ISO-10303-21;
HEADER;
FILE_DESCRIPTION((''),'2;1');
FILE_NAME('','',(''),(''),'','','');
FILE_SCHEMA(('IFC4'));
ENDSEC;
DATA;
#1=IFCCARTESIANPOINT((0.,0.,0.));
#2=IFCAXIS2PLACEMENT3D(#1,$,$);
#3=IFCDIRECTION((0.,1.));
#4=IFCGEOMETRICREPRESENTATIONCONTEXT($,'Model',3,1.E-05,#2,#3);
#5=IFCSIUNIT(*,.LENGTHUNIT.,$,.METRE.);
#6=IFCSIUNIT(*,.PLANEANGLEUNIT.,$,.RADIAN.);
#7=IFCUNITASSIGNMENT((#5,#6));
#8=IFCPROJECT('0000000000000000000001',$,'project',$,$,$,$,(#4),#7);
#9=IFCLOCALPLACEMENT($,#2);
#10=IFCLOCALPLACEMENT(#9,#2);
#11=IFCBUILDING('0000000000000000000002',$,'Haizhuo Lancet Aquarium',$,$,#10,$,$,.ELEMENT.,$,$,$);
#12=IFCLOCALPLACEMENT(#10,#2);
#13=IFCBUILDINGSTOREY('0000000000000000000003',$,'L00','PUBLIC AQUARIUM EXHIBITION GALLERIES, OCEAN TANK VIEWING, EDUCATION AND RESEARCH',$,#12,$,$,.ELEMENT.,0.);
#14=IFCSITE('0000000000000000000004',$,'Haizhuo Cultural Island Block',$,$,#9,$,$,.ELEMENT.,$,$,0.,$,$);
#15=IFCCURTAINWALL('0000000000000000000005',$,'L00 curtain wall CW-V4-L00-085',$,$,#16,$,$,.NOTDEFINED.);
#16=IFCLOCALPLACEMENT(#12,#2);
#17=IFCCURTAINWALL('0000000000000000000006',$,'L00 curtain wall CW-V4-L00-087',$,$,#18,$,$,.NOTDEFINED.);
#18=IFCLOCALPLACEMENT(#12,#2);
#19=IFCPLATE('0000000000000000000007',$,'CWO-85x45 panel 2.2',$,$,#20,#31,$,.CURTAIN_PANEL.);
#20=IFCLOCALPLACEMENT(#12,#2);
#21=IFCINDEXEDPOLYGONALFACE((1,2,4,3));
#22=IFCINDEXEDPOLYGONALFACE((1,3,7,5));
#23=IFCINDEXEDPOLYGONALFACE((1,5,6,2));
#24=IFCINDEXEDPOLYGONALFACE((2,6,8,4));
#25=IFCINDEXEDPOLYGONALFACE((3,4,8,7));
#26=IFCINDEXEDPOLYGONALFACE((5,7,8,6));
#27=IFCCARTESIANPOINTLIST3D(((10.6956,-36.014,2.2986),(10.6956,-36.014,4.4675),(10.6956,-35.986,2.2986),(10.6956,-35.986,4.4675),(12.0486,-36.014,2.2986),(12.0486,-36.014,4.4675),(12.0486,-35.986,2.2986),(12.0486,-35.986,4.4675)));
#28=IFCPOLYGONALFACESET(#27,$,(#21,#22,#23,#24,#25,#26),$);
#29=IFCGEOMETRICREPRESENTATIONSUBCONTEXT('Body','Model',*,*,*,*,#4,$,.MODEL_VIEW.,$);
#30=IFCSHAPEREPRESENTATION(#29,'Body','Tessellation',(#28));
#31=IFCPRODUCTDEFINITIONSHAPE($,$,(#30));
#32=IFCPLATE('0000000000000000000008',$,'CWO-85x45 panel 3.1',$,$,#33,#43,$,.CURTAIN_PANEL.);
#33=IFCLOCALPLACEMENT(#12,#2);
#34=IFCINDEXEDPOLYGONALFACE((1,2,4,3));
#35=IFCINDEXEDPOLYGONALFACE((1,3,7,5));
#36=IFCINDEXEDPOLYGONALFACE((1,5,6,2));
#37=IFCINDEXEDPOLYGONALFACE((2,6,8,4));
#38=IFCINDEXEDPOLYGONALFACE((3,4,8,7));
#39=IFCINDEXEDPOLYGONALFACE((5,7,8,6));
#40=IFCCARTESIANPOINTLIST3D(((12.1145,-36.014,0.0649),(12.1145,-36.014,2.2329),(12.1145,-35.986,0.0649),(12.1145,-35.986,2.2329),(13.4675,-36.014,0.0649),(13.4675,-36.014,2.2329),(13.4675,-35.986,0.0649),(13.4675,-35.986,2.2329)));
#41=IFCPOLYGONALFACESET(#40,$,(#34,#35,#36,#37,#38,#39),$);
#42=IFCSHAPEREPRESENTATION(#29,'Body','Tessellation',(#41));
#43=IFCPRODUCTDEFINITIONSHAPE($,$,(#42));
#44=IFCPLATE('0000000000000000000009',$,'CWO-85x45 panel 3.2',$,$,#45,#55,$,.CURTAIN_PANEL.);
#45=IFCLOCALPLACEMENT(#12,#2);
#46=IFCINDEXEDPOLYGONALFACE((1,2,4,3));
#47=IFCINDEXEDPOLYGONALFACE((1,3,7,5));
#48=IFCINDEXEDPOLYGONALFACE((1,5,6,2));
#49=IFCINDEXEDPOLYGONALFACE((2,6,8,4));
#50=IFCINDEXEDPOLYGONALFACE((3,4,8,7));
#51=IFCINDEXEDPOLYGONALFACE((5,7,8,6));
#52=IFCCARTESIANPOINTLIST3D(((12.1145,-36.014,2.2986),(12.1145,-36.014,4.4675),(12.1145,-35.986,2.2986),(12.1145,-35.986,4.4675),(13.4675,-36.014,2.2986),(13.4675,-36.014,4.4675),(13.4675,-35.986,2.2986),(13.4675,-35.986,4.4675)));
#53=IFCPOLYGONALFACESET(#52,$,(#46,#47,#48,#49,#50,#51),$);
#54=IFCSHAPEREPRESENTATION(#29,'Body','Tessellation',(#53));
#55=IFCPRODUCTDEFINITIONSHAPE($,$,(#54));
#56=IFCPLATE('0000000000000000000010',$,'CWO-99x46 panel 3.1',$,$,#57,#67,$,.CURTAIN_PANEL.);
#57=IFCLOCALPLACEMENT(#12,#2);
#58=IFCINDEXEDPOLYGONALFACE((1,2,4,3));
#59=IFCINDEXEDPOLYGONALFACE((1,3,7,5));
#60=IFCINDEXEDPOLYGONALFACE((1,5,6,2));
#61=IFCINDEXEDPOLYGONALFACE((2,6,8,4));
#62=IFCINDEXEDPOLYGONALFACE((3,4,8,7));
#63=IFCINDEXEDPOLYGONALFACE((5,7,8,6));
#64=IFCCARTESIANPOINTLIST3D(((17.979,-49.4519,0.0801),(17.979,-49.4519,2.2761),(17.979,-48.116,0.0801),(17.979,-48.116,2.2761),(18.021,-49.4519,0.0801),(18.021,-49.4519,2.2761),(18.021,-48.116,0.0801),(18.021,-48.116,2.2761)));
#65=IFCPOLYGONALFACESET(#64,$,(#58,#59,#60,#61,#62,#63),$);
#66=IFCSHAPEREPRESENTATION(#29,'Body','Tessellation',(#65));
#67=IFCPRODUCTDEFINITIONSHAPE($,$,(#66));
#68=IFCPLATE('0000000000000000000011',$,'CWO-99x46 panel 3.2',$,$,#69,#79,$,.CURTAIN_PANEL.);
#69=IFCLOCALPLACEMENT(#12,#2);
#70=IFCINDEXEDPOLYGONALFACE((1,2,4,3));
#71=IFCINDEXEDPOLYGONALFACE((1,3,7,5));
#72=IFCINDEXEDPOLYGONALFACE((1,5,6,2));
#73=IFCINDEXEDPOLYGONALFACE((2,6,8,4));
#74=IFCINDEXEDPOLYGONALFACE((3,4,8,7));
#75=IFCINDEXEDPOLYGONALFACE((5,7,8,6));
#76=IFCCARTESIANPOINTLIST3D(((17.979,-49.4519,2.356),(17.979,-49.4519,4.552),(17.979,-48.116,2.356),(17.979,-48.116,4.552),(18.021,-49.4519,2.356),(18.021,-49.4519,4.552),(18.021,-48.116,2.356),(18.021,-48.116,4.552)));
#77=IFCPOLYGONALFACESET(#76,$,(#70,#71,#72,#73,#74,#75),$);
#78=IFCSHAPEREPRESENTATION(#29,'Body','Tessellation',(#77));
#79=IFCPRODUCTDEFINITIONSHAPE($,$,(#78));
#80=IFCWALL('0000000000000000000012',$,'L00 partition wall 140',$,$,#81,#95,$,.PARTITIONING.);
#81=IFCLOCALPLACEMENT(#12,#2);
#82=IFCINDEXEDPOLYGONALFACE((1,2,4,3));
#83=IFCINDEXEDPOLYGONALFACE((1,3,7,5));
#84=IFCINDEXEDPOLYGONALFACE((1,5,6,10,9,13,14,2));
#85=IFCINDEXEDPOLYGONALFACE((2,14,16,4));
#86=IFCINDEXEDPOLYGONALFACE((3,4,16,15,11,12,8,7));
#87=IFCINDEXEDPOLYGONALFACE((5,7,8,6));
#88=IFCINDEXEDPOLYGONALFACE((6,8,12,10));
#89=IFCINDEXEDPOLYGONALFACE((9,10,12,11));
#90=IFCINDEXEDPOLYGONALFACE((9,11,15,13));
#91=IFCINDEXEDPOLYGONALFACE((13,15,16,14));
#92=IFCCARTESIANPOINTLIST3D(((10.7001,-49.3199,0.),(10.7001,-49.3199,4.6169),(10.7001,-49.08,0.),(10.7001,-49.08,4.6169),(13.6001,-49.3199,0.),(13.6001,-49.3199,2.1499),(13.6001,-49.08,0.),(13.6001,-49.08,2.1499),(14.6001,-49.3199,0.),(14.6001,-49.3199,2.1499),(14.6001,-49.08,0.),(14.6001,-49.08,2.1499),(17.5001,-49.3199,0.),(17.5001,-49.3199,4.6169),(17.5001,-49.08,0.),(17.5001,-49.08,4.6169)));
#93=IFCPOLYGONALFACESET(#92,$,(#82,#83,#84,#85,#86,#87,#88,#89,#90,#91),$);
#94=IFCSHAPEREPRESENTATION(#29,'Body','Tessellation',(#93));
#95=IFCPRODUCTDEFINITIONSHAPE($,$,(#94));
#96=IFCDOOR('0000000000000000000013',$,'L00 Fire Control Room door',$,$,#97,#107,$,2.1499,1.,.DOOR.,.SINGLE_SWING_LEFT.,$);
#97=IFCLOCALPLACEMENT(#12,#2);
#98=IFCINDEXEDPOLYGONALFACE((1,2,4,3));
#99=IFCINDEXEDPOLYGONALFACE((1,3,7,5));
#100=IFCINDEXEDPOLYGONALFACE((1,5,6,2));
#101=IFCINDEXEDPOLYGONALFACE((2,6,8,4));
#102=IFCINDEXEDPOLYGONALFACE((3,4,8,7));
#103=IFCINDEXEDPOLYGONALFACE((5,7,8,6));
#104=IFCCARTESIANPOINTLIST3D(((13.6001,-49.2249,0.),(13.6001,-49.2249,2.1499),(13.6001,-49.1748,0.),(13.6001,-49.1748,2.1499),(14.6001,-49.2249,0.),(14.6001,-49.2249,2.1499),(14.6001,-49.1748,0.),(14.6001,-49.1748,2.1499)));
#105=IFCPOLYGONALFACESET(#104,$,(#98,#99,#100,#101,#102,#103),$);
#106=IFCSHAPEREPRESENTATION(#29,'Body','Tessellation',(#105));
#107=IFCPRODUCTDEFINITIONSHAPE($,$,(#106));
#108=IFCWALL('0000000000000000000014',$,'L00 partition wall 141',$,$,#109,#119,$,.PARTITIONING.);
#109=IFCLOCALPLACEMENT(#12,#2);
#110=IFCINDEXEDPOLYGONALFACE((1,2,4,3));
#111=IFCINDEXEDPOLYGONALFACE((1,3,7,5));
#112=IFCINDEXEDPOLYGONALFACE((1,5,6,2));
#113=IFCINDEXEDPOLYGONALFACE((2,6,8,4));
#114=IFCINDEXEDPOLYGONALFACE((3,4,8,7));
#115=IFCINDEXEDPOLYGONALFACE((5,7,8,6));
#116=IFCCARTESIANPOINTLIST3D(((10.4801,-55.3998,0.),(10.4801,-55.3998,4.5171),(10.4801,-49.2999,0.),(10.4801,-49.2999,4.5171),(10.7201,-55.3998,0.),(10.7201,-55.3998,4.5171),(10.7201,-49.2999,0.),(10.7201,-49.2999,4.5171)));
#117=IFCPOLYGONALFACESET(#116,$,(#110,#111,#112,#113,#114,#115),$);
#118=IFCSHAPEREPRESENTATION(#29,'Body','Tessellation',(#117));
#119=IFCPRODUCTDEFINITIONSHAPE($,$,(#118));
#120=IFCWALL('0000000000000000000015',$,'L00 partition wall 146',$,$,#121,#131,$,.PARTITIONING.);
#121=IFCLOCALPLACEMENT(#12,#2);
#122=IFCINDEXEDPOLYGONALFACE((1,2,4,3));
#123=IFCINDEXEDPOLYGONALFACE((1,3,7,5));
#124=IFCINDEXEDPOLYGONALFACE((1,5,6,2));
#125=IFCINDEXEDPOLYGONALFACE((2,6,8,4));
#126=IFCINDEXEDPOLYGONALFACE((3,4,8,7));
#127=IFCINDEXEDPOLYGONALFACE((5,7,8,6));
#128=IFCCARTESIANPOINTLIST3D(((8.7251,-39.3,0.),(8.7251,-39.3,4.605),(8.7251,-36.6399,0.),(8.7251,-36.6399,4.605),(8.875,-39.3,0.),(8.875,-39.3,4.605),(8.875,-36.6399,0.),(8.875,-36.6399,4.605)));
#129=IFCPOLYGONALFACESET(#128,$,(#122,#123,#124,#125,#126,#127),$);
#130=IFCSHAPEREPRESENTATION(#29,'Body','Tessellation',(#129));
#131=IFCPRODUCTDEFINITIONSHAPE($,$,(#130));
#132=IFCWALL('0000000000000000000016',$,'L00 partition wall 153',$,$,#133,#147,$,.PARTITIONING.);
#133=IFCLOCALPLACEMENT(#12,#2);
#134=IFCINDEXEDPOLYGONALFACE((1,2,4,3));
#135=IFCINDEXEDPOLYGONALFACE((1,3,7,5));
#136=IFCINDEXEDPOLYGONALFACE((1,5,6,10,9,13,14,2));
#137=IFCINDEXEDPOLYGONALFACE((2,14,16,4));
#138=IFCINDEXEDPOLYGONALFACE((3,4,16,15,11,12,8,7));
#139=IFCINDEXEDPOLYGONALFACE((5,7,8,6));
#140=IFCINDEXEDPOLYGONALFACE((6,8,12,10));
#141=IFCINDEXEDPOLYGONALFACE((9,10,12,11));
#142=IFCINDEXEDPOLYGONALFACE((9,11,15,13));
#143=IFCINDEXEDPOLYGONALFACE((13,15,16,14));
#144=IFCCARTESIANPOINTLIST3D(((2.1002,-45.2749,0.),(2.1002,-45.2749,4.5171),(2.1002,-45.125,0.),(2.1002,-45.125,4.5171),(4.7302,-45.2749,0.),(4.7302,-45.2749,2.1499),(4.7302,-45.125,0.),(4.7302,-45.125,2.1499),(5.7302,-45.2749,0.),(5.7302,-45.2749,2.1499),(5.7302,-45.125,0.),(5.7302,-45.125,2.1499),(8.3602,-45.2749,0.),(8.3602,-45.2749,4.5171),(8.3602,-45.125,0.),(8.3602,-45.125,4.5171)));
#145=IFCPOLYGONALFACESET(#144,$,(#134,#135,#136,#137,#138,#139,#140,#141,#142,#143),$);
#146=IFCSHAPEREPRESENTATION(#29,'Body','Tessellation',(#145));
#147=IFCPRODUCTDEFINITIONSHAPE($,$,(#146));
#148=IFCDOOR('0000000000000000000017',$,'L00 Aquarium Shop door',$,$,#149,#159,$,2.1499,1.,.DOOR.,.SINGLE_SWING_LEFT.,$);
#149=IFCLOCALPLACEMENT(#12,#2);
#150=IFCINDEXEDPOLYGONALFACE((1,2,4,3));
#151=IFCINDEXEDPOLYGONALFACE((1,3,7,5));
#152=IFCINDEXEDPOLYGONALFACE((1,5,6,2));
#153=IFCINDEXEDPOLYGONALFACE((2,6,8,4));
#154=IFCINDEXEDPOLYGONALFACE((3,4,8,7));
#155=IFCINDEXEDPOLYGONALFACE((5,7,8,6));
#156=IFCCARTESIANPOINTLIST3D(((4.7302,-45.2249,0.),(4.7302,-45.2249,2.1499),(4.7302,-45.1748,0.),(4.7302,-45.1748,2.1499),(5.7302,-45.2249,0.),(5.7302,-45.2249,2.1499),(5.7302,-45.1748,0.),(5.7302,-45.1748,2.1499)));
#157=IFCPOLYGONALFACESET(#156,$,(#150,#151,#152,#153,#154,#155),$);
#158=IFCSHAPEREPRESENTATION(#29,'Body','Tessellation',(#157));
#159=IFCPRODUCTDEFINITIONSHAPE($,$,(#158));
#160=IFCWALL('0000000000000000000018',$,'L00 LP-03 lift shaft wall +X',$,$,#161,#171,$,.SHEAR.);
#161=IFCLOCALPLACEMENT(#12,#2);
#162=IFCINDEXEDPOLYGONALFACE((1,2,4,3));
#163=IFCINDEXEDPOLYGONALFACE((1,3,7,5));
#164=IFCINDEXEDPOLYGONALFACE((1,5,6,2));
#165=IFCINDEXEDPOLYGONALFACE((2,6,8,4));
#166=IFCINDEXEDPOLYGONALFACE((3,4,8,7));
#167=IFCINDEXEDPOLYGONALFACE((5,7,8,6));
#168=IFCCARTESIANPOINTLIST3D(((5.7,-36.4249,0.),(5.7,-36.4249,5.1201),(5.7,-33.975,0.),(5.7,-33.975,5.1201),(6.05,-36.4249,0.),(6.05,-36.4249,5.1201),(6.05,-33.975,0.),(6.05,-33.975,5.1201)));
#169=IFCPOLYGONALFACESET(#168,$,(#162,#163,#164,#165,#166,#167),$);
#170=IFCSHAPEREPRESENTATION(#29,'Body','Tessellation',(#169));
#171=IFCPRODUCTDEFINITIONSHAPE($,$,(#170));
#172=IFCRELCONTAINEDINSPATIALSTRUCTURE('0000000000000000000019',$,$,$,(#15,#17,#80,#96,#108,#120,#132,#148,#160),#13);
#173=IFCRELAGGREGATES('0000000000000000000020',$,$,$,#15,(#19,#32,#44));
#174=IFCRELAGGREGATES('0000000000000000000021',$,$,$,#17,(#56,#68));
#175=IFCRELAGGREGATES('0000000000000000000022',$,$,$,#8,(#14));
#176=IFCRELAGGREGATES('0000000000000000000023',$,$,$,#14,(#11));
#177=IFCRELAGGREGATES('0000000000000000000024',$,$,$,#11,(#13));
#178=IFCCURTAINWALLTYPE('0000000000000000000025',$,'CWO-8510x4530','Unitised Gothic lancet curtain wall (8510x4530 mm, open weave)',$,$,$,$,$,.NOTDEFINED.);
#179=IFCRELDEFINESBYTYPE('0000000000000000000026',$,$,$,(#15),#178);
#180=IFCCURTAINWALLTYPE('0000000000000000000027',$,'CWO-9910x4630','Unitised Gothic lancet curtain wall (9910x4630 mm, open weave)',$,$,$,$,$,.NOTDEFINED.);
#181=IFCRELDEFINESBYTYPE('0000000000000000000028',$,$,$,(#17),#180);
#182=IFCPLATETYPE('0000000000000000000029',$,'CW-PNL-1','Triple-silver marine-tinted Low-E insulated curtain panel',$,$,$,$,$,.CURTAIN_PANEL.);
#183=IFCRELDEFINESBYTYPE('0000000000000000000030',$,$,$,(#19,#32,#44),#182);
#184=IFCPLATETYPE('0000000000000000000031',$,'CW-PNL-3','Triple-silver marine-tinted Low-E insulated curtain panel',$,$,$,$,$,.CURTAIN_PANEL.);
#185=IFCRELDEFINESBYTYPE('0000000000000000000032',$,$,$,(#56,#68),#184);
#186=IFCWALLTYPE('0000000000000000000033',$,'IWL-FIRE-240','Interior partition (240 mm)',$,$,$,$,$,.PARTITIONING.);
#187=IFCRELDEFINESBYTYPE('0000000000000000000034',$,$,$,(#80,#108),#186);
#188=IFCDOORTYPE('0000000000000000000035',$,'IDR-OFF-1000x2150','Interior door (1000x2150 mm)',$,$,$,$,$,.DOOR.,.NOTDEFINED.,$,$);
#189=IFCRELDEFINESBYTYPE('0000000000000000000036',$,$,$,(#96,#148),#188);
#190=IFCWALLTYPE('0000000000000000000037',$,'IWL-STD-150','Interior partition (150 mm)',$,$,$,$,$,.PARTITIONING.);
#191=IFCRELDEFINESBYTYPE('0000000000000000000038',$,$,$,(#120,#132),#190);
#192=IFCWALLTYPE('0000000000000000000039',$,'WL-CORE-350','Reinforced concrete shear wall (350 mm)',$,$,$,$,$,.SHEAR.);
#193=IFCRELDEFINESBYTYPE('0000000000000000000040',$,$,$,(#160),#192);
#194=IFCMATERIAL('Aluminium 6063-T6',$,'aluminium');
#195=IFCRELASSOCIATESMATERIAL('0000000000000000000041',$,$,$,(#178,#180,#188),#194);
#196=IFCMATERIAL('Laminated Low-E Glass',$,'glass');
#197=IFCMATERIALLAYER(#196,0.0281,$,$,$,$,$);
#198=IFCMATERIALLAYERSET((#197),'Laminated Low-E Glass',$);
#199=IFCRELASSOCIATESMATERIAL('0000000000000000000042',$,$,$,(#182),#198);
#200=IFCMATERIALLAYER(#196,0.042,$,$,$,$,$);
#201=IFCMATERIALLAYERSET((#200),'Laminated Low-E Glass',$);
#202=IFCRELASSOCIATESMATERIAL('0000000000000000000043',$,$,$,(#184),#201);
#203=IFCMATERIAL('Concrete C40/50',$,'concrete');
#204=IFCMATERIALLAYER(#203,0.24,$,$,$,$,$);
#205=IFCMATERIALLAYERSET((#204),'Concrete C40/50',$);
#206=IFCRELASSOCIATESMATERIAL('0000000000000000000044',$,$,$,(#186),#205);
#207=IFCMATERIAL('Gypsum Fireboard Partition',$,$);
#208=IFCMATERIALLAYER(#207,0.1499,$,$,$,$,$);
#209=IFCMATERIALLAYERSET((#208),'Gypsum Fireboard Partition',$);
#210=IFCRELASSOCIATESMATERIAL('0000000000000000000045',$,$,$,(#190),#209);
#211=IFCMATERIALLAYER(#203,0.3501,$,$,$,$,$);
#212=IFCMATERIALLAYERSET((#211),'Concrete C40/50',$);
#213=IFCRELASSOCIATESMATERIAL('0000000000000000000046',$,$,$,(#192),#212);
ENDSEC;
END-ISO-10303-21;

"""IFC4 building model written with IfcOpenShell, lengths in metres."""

from ifc_helpers import new_model, si_unit, direction, frame, frame_2d, origin, origin_2d, place, context, subcontext, project, spatial, rectangle, extrude, material, layer, layer_set, type_object, element, fill, aggregate, save


model = new_model("IFC4")

# Units and contexts
model_context = context("Model", 3, precision=1e-05, world=origin(), true_north=direction((0.0, 1.0)))
body_context = subcontext(model_context, "Body", "Model", "MODEL_VIEW")
ifc_project = project(units=[si_unit("LENGTHUNIT", "METRE"), si_unit("PLANEANGLEUNIT", "RADIAN")], contexts=[model_context])

# Site, building, storey
site_placement = place(None, origin())
site = spatial("IfcSite", under=ifc_project, at=site_placement, Name="Haizhuo Cultural Island Block", CompositionType="ELEMENT", RefElevation=0.0)
building_placement = place(site_placement, origin())
building = spatial("IfcBuilding", under=site, at=building_placement, Name="Haizhuo Lancet Aquarium", CompositionType="ELEMENT")
storey_placement = place(building_placement, origin())
storey = spatial("IfcBuildingStorey", under=building, at=storey_placement, Name="L00", Description="PUBLIC AQUARIUM EXHIBITION GALLERIES, OCEAN TANK VIEWING, EDUCATION AND RESEARCH", CompositionType="ELEMENT", Elevation=0.0)

# Curtain wall
ifc_material_1 = material(Name="Aluminium 6063-T6", Category="aluminium")
curtain_wall_type_1 = type_object("IfcCurtainWallType", Name="CWO-8510x4530", Description="Unitised Gothic lancet curtain wall (8510x4530 mm, open weave)", PredefinedType="NOTDEFINED", material=ifc_material_1)
curtain_wall_1_placement = place(storey_placement, origin())
curtain_wall_1 = element("IfcCurtainWall", 1, at=curtain_wall_1_placement, inside=storey, type_object=curtain_wall_type_1, Name="L00 curtain wall CW-V4-L00-085", PredefinedType="NOTDEFINED")

# Curtain wall
curtain_wall_type_2 = type_object("IfcCurtainWallType", Name="CWO-9910x4630", Description="Unitised Gothic lancet curtain wall (9910x4630 mm, open weave)", PredefinedType="NOTDEFINED", material=ifc_material_1)
curtain_wall_2_placement = place(storey_placement, origin())
curtain_wall_2 = element("IfcCurtainWall", 2, at=curtain_wall_2_placement, inside=storey, type_object=curtain_wall_type_2, Name="L00 curtain wall CW-V4-L00-087", PredefinedType="NOTDEFINED")

# Plates
ifc_material_2 = material(Name="Laminated Low-E Glass", Category="glass")
ifc_layer_1 = layer(ifc_material_2, 0.0281)
ifc_layer_set_1 = layer_set([ifc_layer_1], Name="Laminated Low-E Glass")
plate_type_1 = type_object("IfcPlateType", Name="CW-PNL-1", Description="Triple-silver marine-tinted Low-E insulated curtain panel", PredefinedType="CURTAIN_PANEL", material=ifc_layer_set_1)
plate_1_placement = place(storey_placement, frame((11.3721, -36.0, 2.2986), z_axis=(0.0, 0.0, 1.0), x_axis=(1.0, 0.0, 0.0)))
plate_1 = element("IfcPlate", 3, at=plate_1_placement, type_object=plate_type_1, Name="CWO-85x45 panel 2.2", PredefinedType="CURTAIN_PANEL", context=body_context, shape_type="SweptSolid", body=[
    extrude(rectangle(XDim=1.353, YDim=0.0281, at=origin_2d()), origin(), (0.0, 0.0, 1.0), 2.1689),
])
plate_2_placement = place(storey_placement, frame((12.791, -36.0, 0.0649), z_axis=(0.0, 0.0, 1.0), x_axis=(1.0, 0.0, 0.0)))
plate_2 = element("IfcPlate", 4, at=plate_2_placement, type_object=plate_type_1, Name="CWO-85x45 panel 3.1", PredefinedType="CURTAIN_PANEL", context=body_context, shape_type="SweptSolid", body=[
    extrude(rectangle(XDim=1.353, YDim=0.0281, at=origin_2d()), origin(), (0.0, 0.0, 1.0), 2.168),
])
plate_3_placement = place(storey_placement, frame((12.791, -36.0, 2.2986), z_axis=(0.0, 0.0, 1.0), x_axis=(1.0, 0.0, 0.0)))
plate_3 = element("IfcPlate", 5, at=plate_3_placement, type_object=plate_type_1, Name="CWO-85x45 panel 3.2", PredefinedType="CURTAIN_PANEL", context=body_context, shape_type="SweptSolid", body=[
    extrude(rectangle(XDim=1.353, YDim=0.0281, at=origin_2d()), origin(), (0.0, 0.0, 1.0), 2.1689),
])
aggregate(curtain_wall_1, [plate_1, plate_2, plate_3])
ifc_layer_2 = layer(ifc_material_2, 0.042)
ifc_layer_set_2 = layer_set([ifc_layer_2], Name="Laminated Low-E Glass")
plate_type_2 = type_object("IfcPlateType", Name="CW-PNL-3", Description="Triple-silver marine-tinted Low-E insulated curtain panel", PredefinedType="CURTAIN_PANEL", material=ifc_layer_set_2)
plate_4_placement = place(storey_placement, frame((18.0, -48.7839, 0.0801), z_axis=(0.0, 0.0, 1.0), x_axis=(0.0, -1.0, 0.0)))
plate_4 = element("IfcPlate", 6, at=plate_4_placement, type_object=plate_type_2, Name="CWO-99x46 panel 3.1", PredefinedType="CURTAIN_PANEL", context=body_context, shape_type="SweptSolid", body=[
    extrude(rectangle(XDim=1.3359, YDim=0.042, at=origin_2d()), origin(), (0.0, 0.0, 1.0), 2.196),
])
plate_5_placement = place(storey_placement, frame((18.0, -48.7839, 2.356), z_axis=(0.0, 0.0, 1.0), x_axis=(0.0, -1.0, 0.0)))
plate_5 = element("IfcPlate", 7, at=plate_5_placement, type_object=plate_type_2, Name="CWO-99x46 panel 3.2", PredefinedType="CURTAIN_PANEL", context=body_context, shape_type="SweptSolid", body=[
    extrude(rectangle(XDim=1.3359, YDim=0.042, at=origin_2d()), origin(), (0.0, 0.0, 1.0), 2.196),
])
aggregate(curtain_wall_2, [plate_4, plate_5])

# Wall, opening, door
ifc_material_3 = material(Name="Concrete C40/50", Category="concrete")
ifc_layer_3 = layer(ifc_material_3, 0.24)
ifc_layer_set_3 = layer_set([ifc_layer_3], Name="Concrete C40/50")
wall_type_1 = type_object("IfcWallType", Name="IWL-FIRE-240", Description="Interior partition (240 mm)", PredefinedType="PARTITIONING", material=ifc_layer_set_3)
wall_1_placement = place(storey_placement, frame((17.5, -49.2, 0.0), z_axis=(0.0, 0.0, 1.0), x_axis=(-1.0, 0.0, 0.0)))
wall_1 = element("IfcWall", 8, at=wall_1_placement, inside=storey, type_object=wall_type_1, Name="L00 partition wall 140", PredefinedType="PARTITIONING", context=body_context, shape_type="SweptSolid", body=[
    extrude(rectangle(XDim=6.8, YDim=0.24, at=frame_2d((3.3999, 0.0))), origin(), (0.0, 0.0, 1.0), 4.6169),
])
opening_1_placement = place(wall_1_placement, frame((2.8999, 0.0, 0.0)))
opening_1 = element("IfcOpeningElement", 9, at=opening_1_placement, cuts=wall_1, PredefinedType="OPENING", context=body_context, shape_type="SweptSolid", body=[
    extrude(rectangle(XDim=1.0, YDim=2.1499, at=frame_2d((0.5, 1.075))), frame((0.0, 0.1299, 0.0), z_axis=(0.0, -1.0, 0.0), x_axis=(1.0, 0.0, 0.0)), (0.0, 0.0, 1.0), 0.26),
])
door_type = type_object("IfcDoorType", Name="IDR-OFF-1000x2150", Description="Interior door (1000x2150 mm)", OperationType="NOTDEFINED", PredefinedType="DOOR", material=ifc_material_1)
door_1_placement = place(opening_1_placement, origin())
door_1 = element("IfcDoor", 10, at=door_1_placement, inside=storey, type_object=door_type, Name="L00 Fire Control Room door", OperationType="SINGLE_SWING_LEFT", OverallHeight=2.1499, OverallWidth=1.0, PredefinedType="DOOR", context=body_context, shape_type="SweptSolid", body=[
    extrude(rectangle(XDim=1.0, YDim=2.1499, at=frame_2d((0.5, 1.075))), frame((0.0, 0.0249, 0.0), z_axis=(0.0, -1.0, 0.0), x_axis=(1.0, 0.0, 0.0)), (0.0, 0.0, 1.0), 0.05),
])
fill(opening_1, door_1)

# Walls
wall_2_placement = place(storey_placement, frame((10.6001, -49.3, 0.0), z_axis=(0.0, 0.0, 1.0), x_axis=(0.0, -1.0, 0.0)))
element("IfcWall", 11, at=wall_2_placement, inside=storey, type_object=wall_type_1, Name="L00 partition wall 141", PredefinedType="PARTITIONING", context=body_context, shape_type="SweptSolid", body=[
    extrude(rectangle(XDim=6.0999, YDim=0.24, at=frame_2d((3.0498, 0.0))), origin(), (0.0, 0.0, 1.0), 4.5171),
])
ifc_material_4 = material(Name="Gypsum Fireboard Partition")
ifc_layer_4 = layer(ifc_material_4, 0.1499)
ifc_layer_set_4 = layer_set([ifc_layer_4], Name="Gypsum Fireboard Partition")
wall_type_2 = type_object("IfcWallType", Name="IWL-STD-150", Description="Interior partition (150 mm)", PredefinedType="PARTITIONING", material=ifc_layer_set_4)
wall_3_placement = place(storey_placement, frame((8.8, -39.3, 0.0), z_axis=(0.0, 0.0, 1.0), x_axis=(0.0, 1.0, 0.0)))
element("IfcWall", 12, at=wall_3_placement, inside=storey, type_object=wall_type_2, Name="L00 partition wall 146", PredefinedType="PARTITIONING", context=body_context, shape_type="SweptSolid", body=[
    extrude(rectangle(XDim=2.6602, YDim=0.1499, at=frame_2d((1.3301, 0.0))), origin(), (0.0, 0.0, 1.0), 4.605),
])

# Wall, opening, door
wall_4_placement = place(storey_placement, frame((8.3601, -45.2, 0.0), z_axis=(0.0, 0.0, 1.0), x_axis=(-1.0, 0.0, 0.0)))
wall_4 = element("IfcWall", 13, at=wall_4_placement, inside=storey, type_object=wall_type_2, Name="L00 partition wall 153", PredefinedType="PARTITIONING", context=body_context, shape_type="SweptSolid", body=[
    extrude(rectangle(XDim=6.26, YDim=0.1499, at=frame_2d((3.1299, 0.0))), origin(), (0.0, 0.0, 1.0), 4.5171),
])
opening_2_placement = place(wall_4_placement, frame((2.6299, 0.0, 0.0)))
opening_2 = element("IfcOpeningElement", 14, at=opening_2_placement, cuts=wall_4, PredefinedType="OPENING", context=body_context, shape_type="SweptSolid", body=[
    extrude(rectangle(XDim=1.0, YDim=2.1499, at=frame_2d((0.5, 1.075))), frame((0.0, 0.085, 0.0), z_axis=(0.0, -1.0, 0.0), x_axis=(1.0, 0.0, 0.0)), (0.0, 0.0, 1.0), 0.1699),
])
door_2_placement = place(opening_2_placement, origin())
door_2 = element("IfcDoor", 15, at=door_2_placement, inside=storey, type_object=door_type, Name="L00 Aquarium Shop door", OperationType="SINGLE_SWING_LEFT", OverallHeight=2.1499, OverallWidth=1.0, PredefinedType="DOOR", context=body_context, shape_type="SweptSolid", body=[
    extrude(rectangle(XDim=1.0, YDim=2.1499, at=frame_2d((0.5, 1.075))), frame((0.0, 0.0249, 0.0), z_axis=(0.0, -1.0, 0.0), x_axis=(1.0, 0.0, 0.0)), (0.0, 0.0, 1.0), 0.05),
])
fill(opening_2, door_2)

# Wall
ifc_layer_5 = layer(ifc_material_3, 0.3501)
ifc_layer_set_5 = layer_set([ifc_layer_5], Name="Concrete C40/50")
wall_type_3 = type_object("IfcWallType", Name="WL-CORE-350", Description="Reinforced concrete shear wall (350 mm)", PredefinedType="SHEAR", material=ifc_layer_set_5)
wall_5_placement = place(storey_placement, frame((5.875, -36.425, 0.0), z_axis=(0.0, 0.0, 1.0), x_axis=(0.0, 1.0, 0.0)))
element("IfcWall", 16, at=wall_5_placement, inside=storey, type_object=wall_type_3, Name="L00 LP-03 lift shaft wall +X", PredefinedType="SHEAR", context=body_context, shape_type="SweptSolid", body=[
    extrude(rectangle(XDim=2.45, YDim=0.3501, at=frame_2d((1.2251, 0.0))), origin(), (0.0, 0.0, 1.0), 5.1201),
])

save(model, "model.ifc")
